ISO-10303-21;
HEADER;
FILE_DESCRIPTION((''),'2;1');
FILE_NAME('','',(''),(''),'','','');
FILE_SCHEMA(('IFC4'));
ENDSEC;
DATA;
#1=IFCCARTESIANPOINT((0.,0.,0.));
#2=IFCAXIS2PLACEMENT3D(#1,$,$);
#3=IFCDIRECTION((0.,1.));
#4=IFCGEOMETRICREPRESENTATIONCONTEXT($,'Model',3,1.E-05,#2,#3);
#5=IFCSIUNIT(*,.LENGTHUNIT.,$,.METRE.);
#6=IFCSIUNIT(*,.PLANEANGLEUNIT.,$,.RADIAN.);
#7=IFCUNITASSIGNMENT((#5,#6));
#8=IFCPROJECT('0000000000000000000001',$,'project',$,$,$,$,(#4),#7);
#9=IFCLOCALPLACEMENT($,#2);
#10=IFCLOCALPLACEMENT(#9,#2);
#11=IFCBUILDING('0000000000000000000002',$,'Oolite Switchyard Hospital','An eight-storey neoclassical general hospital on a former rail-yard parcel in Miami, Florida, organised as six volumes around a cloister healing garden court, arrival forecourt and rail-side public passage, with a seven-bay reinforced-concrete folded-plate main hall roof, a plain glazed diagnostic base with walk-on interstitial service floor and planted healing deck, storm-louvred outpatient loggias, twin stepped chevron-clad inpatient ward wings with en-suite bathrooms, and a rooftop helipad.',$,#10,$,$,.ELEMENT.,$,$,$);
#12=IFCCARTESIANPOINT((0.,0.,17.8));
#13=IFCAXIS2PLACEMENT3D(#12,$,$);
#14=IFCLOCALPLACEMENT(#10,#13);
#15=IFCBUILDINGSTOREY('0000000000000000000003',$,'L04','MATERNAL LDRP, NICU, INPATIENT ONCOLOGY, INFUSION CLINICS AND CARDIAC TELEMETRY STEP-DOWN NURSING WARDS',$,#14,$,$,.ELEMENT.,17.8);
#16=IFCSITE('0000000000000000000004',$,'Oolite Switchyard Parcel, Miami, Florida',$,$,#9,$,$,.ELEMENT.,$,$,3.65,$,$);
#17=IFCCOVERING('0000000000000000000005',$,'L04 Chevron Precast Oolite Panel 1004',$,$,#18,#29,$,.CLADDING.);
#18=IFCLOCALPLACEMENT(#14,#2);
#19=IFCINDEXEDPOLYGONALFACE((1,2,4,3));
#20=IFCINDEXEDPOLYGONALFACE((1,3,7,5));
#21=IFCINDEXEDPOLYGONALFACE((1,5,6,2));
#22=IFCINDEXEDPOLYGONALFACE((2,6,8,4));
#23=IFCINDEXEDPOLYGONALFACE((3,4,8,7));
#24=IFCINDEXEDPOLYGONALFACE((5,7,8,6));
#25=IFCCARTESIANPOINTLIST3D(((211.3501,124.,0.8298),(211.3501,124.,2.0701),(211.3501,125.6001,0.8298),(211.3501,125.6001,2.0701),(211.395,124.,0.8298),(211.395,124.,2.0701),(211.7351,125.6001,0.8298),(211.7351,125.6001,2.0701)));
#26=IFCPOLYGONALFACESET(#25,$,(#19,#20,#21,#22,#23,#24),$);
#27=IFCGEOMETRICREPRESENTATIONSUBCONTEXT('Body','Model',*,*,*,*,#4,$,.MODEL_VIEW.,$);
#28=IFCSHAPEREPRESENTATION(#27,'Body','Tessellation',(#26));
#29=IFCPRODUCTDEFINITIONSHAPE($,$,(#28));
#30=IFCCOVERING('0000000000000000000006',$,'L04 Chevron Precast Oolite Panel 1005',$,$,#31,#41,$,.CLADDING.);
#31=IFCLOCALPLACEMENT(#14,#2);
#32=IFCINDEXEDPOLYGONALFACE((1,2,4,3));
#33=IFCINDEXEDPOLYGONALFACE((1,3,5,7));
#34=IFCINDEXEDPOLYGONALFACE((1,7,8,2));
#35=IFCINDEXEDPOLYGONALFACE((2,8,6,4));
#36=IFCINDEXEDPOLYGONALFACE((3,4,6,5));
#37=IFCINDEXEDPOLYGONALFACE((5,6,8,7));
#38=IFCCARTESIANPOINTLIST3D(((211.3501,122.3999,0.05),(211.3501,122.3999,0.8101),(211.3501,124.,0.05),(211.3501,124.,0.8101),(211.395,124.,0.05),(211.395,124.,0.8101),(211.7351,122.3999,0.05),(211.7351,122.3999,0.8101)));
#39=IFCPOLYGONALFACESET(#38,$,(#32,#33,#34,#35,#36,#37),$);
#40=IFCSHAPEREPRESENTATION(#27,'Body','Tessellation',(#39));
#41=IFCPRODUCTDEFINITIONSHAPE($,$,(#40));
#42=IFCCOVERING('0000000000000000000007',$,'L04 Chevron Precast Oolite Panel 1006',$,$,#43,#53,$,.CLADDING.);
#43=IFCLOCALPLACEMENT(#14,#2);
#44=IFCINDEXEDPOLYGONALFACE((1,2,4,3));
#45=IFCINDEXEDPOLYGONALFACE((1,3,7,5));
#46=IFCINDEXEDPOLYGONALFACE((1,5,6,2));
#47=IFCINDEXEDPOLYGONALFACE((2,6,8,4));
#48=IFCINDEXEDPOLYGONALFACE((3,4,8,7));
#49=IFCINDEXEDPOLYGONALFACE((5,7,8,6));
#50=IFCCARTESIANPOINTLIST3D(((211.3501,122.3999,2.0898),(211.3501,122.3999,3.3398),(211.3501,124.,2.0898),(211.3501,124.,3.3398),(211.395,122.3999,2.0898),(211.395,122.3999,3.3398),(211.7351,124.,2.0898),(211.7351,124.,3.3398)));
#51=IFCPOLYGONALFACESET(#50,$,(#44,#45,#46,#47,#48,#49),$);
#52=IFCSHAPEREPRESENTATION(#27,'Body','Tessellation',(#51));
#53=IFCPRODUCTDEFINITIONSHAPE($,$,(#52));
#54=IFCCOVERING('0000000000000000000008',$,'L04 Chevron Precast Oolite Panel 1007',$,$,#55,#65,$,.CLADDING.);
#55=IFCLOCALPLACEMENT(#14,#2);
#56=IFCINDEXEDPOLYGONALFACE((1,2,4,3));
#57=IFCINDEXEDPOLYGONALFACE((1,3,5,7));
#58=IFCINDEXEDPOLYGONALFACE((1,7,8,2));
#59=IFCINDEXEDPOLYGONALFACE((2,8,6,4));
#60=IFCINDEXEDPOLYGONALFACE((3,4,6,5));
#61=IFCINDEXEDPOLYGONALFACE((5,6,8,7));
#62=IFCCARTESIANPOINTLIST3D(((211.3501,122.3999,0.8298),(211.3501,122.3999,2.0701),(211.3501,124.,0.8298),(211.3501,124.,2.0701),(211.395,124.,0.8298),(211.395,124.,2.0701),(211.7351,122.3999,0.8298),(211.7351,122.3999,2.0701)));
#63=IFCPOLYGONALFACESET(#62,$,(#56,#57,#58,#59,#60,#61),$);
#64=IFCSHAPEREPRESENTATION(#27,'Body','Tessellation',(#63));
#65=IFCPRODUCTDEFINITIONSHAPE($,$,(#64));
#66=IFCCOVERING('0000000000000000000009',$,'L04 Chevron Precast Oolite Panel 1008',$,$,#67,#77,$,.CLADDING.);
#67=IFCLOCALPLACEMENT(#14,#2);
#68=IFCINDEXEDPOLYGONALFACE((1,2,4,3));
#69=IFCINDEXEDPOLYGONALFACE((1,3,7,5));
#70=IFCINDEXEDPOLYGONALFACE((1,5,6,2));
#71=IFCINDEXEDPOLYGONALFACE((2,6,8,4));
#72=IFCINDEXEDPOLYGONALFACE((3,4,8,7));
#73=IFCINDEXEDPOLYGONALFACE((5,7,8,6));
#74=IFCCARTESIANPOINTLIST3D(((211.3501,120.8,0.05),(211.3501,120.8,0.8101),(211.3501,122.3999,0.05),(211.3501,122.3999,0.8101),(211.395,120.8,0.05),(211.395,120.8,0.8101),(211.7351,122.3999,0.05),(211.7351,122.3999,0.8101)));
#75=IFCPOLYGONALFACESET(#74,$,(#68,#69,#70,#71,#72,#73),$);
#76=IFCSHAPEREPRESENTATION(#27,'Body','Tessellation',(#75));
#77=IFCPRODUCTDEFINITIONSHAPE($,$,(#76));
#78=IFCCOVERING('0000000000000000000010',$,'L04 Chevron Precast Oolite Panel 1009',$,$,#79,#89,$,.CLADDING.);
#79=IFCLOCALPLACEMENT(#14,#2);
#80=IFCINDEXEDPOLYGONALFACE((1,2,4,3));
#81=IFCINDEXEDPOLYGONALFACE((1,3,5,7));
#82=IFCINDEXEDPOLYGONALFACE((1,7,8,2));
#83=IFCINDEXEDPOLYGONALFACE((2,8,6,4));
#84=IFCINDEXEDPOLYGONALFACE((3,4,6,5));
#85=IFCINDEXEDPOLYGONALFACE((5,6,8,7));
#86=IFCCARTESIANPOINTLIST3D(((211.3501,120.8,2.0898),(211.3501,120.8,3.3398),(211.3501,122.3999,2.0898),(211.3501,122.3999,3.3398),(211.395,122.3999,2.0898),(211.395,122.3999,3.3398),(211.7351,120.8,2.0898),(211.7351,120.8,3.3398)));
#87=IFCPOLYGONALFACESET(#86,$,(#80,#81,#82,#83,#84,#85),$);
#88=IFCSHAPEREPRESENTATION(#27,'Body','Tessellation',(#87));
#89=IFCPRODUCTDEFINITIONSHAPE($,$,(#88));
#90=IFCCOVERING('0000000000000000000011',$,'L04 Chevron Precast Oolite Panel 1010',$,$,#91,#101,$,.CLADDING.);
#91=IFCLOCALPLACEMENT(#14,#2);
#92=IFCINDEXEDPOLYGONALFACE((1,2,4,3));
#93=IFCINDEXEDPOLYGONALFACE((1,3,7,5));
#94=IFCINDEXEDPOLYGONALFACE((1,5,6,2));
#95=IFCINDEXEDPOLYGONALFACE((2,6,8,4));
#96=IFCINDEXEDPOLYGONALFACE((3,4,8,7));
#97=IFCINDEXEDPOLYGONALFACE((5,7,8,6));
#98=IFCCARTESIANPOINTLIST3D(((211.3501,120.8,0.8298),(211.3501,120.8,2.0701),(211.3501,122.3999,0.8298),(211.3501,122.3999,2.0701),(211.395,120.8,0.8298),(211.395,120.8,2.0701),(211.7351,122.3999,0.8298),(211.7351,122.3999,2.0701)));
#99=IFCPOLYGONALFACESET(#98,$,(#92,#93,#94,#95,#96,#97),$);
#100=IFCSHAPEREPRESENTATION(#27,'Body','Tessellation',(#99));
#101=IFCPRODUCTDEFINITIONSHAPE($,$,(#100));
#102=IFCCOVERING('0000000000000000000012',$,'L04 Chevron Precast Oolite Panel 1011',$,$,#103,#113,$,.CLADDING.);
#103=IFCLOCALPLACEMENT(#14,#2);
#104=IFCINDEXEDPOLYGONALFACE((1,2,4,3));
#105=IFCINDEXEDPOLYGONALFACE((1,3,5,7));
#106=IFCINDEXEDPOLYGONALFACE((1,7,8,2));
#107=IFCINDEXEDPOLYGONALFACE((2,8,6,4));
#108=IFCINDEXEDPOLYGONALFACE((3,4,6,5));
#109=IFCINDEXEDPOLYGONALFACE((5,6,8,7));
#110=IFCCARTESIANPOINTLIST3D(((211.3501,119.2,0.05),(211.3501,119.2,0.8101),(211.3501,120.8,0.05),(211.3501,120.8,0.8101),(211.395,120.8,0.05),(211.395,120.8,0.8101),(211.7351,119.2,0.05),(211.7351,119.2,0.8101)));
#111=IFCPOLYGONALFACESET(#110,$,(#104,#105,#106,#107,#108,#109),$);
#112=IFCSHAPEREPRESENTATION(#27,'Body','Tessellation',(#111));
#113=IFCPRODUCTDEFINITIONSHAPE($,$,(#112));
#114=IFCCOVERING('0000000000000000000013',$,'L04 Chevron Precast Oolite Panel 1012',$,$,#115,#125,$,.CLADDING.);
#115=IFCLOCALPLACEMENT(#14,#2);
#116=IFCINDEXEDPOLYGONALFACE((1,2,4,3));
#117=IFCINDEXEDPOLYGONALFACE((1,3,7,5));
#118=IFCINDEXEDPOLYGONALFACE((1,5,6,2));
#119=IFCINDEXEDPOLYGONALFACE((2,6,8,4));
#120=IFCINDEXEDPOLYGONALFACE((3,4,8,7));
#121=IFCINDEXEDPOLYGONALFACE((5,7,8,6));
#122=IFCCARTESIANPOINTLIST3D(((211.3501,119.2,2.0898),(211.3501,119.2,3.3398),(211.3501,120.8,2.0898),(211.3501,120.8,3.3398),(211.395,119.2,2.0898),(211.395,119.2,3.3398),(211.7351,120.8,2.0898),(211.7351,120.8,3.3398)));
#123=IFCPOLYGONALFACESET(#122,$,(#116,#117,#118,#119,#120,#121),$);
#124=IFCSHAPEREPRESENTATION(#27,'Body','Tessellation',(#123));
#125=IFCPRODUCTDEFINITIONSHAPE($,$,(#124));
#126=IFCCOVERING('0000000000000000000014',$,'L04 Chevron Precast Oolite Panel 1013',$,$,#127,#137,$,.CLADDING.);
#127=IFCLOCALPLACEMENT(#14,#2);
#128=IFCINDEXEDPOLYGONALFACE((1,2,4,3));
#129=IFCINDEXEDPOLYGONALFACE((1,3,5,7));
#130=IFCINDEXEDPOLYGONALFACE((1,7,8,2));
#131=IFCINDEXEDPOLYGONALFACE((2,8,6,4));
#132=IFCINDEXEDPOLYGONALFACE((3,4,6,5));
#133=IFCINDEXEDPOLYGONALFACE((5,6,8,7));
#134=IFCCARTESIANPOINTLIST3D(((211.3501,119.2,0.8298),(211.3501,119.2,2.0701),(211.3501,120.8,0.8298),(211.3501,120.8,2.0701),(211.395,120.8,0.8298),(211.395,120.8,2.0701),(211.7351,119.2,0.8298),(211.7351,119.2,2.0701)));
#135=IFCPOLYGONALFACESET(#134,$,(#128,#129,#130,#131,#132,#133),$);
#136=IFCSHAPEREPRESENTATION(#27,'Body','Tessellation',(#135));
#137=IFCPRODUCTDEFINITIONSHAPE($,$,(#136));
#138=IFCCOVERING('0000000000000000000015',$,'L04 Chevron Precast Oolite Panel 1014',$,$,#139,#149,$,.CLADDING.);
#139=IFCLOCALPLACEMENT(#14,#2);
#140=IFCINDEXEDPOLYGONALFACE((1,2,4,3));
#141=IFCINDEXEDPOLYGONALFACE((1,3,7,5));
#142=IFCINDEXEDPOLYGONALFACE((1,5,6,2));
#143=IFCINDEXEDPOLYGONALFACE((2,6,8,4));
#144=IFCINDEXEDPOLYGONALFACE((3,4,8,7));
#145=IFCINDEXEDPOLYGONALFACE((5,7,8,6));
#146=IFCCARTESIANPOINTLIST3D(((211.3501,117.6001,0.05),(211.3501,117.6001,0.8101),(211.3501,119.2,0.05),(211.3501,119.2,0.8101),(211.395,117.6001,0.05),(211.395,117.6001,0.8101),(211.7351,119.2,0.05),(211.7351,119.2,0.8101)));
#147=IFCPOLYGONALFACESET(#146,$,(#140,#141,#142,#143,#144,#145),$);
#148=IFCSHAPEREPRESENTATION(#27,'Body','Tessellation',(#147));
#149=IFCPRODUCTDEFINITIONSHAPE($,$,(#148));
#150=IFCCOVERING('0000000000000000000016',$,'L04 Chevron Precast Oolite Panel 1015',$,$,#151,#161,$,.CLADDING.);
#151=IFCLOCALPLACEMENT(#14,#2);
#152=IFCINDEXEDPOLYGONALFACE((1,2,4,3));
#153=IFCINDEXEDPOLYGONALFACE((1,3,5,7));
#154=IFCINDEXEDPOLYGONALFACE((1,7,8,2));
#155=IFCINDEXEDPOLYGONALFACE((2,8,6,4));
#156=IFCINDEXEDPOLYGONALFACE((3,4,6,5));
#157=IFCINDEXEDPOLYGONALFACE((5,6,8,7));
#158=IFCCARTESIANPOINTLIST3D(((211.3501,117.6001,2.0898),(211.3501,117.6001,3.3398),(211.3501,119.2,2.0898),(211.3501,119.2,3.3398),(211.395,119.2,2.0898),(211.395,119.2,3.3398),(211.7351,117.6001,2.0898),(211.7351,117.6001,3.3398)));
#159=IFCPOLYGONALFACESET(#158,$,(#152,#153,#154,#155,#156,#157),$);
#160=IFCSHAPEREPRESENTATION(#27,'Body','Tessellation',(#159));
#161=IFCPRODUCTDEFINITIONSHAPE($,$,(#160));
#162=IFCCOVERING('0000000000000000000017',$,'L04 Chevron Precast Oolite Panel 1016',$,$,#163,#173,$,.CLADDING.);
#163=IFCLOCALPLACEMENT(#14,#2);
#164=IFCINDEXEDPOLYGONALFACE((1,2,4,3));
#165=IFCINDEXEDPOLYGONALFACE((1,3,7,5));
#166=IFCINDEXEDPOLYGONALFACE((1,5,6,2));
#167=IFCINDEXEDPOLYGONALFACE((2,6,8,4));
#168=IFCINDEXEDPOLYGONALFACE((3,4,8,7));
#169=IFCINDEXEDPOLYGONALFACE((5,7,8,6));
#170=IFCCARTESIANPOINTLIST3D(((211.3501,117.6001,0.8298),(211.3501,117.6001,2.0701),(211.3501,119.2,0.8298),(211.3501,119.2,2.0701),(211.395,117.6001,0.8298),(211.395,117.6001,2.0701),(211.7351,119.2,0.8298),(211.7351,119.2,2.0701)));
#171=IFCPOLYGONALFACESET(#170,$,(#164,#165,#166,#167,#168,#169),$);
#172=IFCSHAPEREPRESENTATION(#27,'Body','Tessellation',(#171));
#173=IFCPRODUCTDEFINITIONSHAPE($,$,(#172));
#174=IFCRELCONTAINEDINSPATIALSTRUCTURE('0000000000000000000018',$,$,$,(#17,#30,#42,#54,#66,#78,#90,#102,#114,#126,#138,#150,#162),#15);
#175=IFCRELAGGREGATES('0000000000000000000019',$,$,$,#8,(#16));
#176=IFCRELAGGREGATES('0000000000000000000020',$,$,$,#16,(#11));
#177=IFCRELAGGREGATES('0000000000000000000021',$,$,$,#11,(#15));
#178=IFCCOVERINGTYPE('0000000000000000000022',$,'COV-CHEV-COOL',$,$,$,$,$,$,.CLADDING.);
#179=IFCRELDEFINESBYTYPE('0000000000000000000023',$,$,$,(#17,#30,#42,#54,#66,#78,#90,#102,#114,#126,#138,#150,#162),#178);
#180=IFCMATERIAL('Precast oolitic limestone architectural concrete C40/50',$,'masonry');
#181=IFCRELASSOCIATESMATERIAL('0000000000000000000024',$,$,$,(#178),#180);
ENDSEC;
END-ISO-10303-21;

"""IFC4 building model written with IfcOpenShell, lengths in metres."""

from ifc_helpers import new_model, si_unit, direction, frame, origin, place, context, subcontext, project, spatial, polyline, outline, extrude, material, type_object, element, save


model = new_model("IFC4")

# Units and contexts
model_context = context("Model", 3, precision=1e-05, world=origin(), true_north=direction((0.0, 1.0)))
body_context = subcontext(model_context, "Body", "Model", "MODEL_VIEW")
ifc_project = project(units=[si_unit("LENGTHUNIT", "METRE"), si_unit("PLANEANGLEUNIT", "RADIAN")], contexts=[model_context])

# Site, building, storey
site_placement = place(None, origin())
site = spatial("IfcSite", under=ifc_project, at=site_placement, Name="Oolite Switchyard Parcel, Miami, Florida", CompositionType="ELEMENT", RefElevation=3.65)
building_placement = place(site_placement, origin())
building = spatial("IfcBuilding", under=site, at=building_placement, Name="Oolite Switchyard Hospital", Description="An eight-storey neoclassical general hospital on a former rail-yard parcel in Miami, Florida, organised as six volumes around a cloister healing garden court, arrival forecourt and rail-side public passage, with a seven-bay reinforced-concrete folded-plate main hall roof, a plain glazed diagnostic base with walk-on interstitial service floor and planted healing deck, storm-louvred outpatient loggias, twin stepped chevron-clad inpatient ward wings with en-suite bathrooms, and a rooftop helipad.", CompositionType="ELEMENT")
storey_placement = place(building_placement, frame((0.0, 0.0, 17.8)))
storey = spatial("IfcBuildingStorey", under=building, at=storey_placement, Name="L04", Description="MATERNAL LDRP, NICU, INPATIENT ONCOLOGY, INFUSION CLINICS AND CARDIAC TELEMETRY STEP-DOWN NURSING WARDS", CompositionType="ELEMENT", Elevation=17.8)

# Shared definitions
ifc_material_1 = material(Name="Precast oolitic limestone architectural concrete C40/50", Category="masonry")

# Coverings
covering_type = type_object("IfcCoveringType", Name="COV-CHEV-COOL", PredefinedType="CLADDING", material=ifc_material_1)
covering_1_placement = place(storey_placement, frame((211.3501, 125.6001, 0.8298), z_axis=(0.0, 0.0, 1.0), x_axis=(0.0, -1.0, 0.0)))
element("IfcCovering", 1, at=covering_1_placement, inside=storey, type_object=covering_type, Name="L04 Chevron Precast Oolite Panel 1004", PredefinedType="CLADDING", context=body_context, shape_type="SweptSolid", body=[
    extrude(outline(polyline([(0.0, 0.0), (1.6001, 0.0), (1.6001, 0.0449), (0.0, 0.385), (0.0, 0.0)])), origin(), (0.0, 0.0, 1.0), 1.2402),
])
covering_2_placement = place(storey_placement, frame((211.3501, 124.0, 0.05), z_axis=(0.0, 0.0, 1.0), x_axis=(0.0, -1.0, 0.0)))
element("IfcCovering", 2, at=covering_2_placement, inside=storey, type_object=covering_type, Name="L04 Chevron Precast Oolite Panel 1005", PredefinedType="CLADDING", context=body_context, shape_type="SweptSolid", body=[
    extrude(outline(polyline([(0.0, 0.0), (1.6001, 0.0), (1.6001, 0.385), (0.0, 0.0449), (0.0, 0.0)])), origin(), (0.0, 0.0, 1.0), 0.76),
])
covering_3_placement = place(storey_placement, frame((211.3501, 124.0, 2.0898), z_axis=(0.0, 0.0, 1.0), x_axis=(0.0, -1.0, 0.0)))
element("IfcCovering", 3, at=covering_3_placement, inside=storey, type_object=covering_type, Name="L04 Chevron Precast Oolite Panel 1006", PredefinedType="CLADDING", context=body_context, shape_type="SweptSolid", body=[
    extrude(outline(polyline([(0.0, 0.0), (1.6001, 0.0), (1.6001, 0.0449), (0.0, 0.385), (0.0, 0.0)])), origin(), (0.0, 0.0, 1.0), 1.25),
])
covering_4_placement = place(storey_placement, frame((211.3501, 124.0, 0.8298), z_axis=(0.0, 0.0, 1.0), x_axis=(0.0, -1.0, 0.0)))
element("IfcCovering", 4, at=covering_4_placement, inside=storey, type_object=covering_type, Name="L04 Chevron Precast Oolite Panel 1007", PredefinedType="CLADDING", context=body_context, shape_type="SweptSolid", body=[
    extrude(outline(polyline([(0.0, 0.0), (1.6001, 0.0), (1.6001, 0.385), (0.0, 0.0449), (0.0, 0.0)])), origin(), (0.0, 0.0, 1.0), 1.2402),
])
covering_5_placement = place(storey_placement, frame((211.3501, 122.3999, 0.05), z_axis=(0.0, 0.0, 1.0), x_axis=(0.0, -1.0, 0.0)))
element("IfcCovering", 5, at=covering_5_placement, inside=storey, type_object=covering_type, Name="L04 Chevron Precast Oolite Panel 1008", PredefinedType="CLADDING", context=body_context, shape_type="SweptSolid", body=[
    extrude(outline(polyline([(0.0, 0.0), (1.5999, 0.0), (1.5999, 0.0449), (0.0, 0.385), (0.0, 0.0)])), origin(), (0.0, 0.0, 1.0), 0.76),
])
covering_6_placement = place(storey_placement, frame((211.3501, 122.3999, 2.0898), z_axis=(0.0, 0.0, 1.0), x_axis=(0.0, -1.0, 0.0)))
element("IfcCovering", 6, at=covering_6_placement, inside=storey, type_object=covering_type, Name="L04 Chevron Precast Oolite Panel 1009", PredefinedType="CLADDING", context=body_context, shape_type="SweptSolid", body=[
    extrude(outline(polyline([(0.0, 0.0), (1.5999, 0.0), (1.5999, 0.385), (0.0, 0.0449), (0.0, 0.0)])), origin(), (0.0, 0.0, 1.0), 1.25),
])
covering_7_placement = place(storey_placement, frame((211.3501, 122.3999, 0.8298), z_axis=(0.0, 0.0, 1.0), x_axis=(0.0, -1.0, 0.0)))
element("IfcCovering", 7, at=covering_7_placement, inside=storey, type_object=covering_type, Name="L04 Chevron Precast Oolite Panel 1010", PredefinedType="CLADDING", context=body_context, shape_type="SweptSolid", body=[
    extrude(outline(polyline([(0.0, 0.0), (1.5999, 0.0), (1.5999, 0.0449), (0.0, 0.385), (0.0, 0.0)])), origin(), (0.0, 0.0, 1.0), 1.2402),
])
covering_8_placement = place(storey_placement, frame((211.3501, 120.8, 0.05), z_axis=(0.0, 0.0, 1.0), x_axis=(0.0, -1.0, 0.0)))
element("IfcCovering", 8, at=covering_8_placement, inside=storey, type_object=covering_type, Name="L04 Chevron Precast Oolite Panel 1011", PredefinedType="CLADDING", context=body_context, shape_type="SweptSolid", body=[
    extrude(outline(polyline([(0.0, 0.0), (1.6001, 0.0), (1.6001, 0.385), (0.0, 0.0449), (0.0, 0.0)])), origin(), (0.0, 0.0, 1.0), 0.76),
])
covering_9_placement = place(storey_placement, frame((211.3501, 120.8, 2.0898), z_axis=(0.0, 0.0, 1.0), x_axis=(0.0, -1.0, 0.0)))
element("IfcCovering", 9, at=covering_9_placement, inside=storey, type_object=covering_type, Name="L04 Chevron Precast Oolite Panel 1012", PredefinedType="CLADDING", context=body_context, shape_type="SweptSolid", body=[
    extrude(outline(polyline([(0.0, 0.0), (1.6001, 0.0), (1.6001, 0.0449), (0.0, 0.385), (0.0, 0.0)])), origin(), (0.0, 0.0, 1.0), 1.25),
])
covering_10_placement = place(storey_placement, frame((211.3501, 120.8, 0.8298), z_axis=(0.0, 0.0, 1.0), x_axis=(0.0, -1.0, 0.0)))
element("IfcCovering", 10, at=covering_10_placement, inside=storey, type_object=covering_type, Name="L04 Chevron Precast Oolite Panel 1013", PredefinedType="CLADDING", context=body_context, shape_type="SweptSolid", body=[
    extrude(outline(polyline([(0.0, 0.0), (1.6001, 0.0), (1.6001, 0.385), (0.0, 0.0449), (0.0, 0.0)])), origin(), (0.0, 0.0, 1.0), 1.2402),
])
covering_11_placement = place(storey_placement, frame((211.3501, 119.2, 0.05), z_axis=(0.0, 0.0, 1.0), x_axis=(0.0, -1.0, 0.0)))
element("IfcCovering", 11, at=covering_11_placement, inside=storey, type_object=covering_type, Name="L04 Chevron Precast Oolite Panel 1014", PredefinedType="CLADDING", context=body_context, shape_type="SweptSolid", body=[
    extrude(outline(polyline([(0.0, 0.0), (1.5999, 0.0), (1.5999, 0.0449), (0.0, 0.385), (0.0, 0.0)])), origin(), (0.0, 0.0, 1.0), 0.76),
])
covering_12_placement = place(storey_placement, frame((211.3501, 119.2, 2.0898), z_axis=(0.0, 0.0, 1.0), x_axis=(0.0, -1.0, 0.0)))
element("IfcCovering", 12, at=covering_12_placement, inside=storey, type_object=covering_type, Name="L04 Chevron Precast Oolite Panel 1015", PredefinedType="CLADDING", context=body_context, shape_type="SweptSolid", body=[
    extrude(outline(polyline([(0.0, 0.0), (1.5999, 0.0), (1.5999, 0.385), (0.0, 0.0449), (0.0, 0.0)])), origin(), (0.0, 0.0, 1.0), 1.25),
])
covering_13_placement = place(storey_placement, frame((211.3501, 119.2, 0.8298), z_axis=(0.0, 0.0, 1.0), x_axis=(0.0, -1.0, 0.0)))
element("IfcCovering", 13, at=covering_13_placement, inside=storey, type_object=covering_type, Name="L04 Chevron Precast Oolite Panel 1016", PredefinedType="CLADDING", context=body_context, shape_type="SweptSolid", body=[
    extrude(outline(polyline([(0.0, 0.0), (1.5999, 0.0), (1.5999, 0.0449), (0.0, 0.385), (0.0, 0.0)])), origin(), (0.0, 0.0, 1.0), 1.2402),
])

save(model, "model.ifc")
